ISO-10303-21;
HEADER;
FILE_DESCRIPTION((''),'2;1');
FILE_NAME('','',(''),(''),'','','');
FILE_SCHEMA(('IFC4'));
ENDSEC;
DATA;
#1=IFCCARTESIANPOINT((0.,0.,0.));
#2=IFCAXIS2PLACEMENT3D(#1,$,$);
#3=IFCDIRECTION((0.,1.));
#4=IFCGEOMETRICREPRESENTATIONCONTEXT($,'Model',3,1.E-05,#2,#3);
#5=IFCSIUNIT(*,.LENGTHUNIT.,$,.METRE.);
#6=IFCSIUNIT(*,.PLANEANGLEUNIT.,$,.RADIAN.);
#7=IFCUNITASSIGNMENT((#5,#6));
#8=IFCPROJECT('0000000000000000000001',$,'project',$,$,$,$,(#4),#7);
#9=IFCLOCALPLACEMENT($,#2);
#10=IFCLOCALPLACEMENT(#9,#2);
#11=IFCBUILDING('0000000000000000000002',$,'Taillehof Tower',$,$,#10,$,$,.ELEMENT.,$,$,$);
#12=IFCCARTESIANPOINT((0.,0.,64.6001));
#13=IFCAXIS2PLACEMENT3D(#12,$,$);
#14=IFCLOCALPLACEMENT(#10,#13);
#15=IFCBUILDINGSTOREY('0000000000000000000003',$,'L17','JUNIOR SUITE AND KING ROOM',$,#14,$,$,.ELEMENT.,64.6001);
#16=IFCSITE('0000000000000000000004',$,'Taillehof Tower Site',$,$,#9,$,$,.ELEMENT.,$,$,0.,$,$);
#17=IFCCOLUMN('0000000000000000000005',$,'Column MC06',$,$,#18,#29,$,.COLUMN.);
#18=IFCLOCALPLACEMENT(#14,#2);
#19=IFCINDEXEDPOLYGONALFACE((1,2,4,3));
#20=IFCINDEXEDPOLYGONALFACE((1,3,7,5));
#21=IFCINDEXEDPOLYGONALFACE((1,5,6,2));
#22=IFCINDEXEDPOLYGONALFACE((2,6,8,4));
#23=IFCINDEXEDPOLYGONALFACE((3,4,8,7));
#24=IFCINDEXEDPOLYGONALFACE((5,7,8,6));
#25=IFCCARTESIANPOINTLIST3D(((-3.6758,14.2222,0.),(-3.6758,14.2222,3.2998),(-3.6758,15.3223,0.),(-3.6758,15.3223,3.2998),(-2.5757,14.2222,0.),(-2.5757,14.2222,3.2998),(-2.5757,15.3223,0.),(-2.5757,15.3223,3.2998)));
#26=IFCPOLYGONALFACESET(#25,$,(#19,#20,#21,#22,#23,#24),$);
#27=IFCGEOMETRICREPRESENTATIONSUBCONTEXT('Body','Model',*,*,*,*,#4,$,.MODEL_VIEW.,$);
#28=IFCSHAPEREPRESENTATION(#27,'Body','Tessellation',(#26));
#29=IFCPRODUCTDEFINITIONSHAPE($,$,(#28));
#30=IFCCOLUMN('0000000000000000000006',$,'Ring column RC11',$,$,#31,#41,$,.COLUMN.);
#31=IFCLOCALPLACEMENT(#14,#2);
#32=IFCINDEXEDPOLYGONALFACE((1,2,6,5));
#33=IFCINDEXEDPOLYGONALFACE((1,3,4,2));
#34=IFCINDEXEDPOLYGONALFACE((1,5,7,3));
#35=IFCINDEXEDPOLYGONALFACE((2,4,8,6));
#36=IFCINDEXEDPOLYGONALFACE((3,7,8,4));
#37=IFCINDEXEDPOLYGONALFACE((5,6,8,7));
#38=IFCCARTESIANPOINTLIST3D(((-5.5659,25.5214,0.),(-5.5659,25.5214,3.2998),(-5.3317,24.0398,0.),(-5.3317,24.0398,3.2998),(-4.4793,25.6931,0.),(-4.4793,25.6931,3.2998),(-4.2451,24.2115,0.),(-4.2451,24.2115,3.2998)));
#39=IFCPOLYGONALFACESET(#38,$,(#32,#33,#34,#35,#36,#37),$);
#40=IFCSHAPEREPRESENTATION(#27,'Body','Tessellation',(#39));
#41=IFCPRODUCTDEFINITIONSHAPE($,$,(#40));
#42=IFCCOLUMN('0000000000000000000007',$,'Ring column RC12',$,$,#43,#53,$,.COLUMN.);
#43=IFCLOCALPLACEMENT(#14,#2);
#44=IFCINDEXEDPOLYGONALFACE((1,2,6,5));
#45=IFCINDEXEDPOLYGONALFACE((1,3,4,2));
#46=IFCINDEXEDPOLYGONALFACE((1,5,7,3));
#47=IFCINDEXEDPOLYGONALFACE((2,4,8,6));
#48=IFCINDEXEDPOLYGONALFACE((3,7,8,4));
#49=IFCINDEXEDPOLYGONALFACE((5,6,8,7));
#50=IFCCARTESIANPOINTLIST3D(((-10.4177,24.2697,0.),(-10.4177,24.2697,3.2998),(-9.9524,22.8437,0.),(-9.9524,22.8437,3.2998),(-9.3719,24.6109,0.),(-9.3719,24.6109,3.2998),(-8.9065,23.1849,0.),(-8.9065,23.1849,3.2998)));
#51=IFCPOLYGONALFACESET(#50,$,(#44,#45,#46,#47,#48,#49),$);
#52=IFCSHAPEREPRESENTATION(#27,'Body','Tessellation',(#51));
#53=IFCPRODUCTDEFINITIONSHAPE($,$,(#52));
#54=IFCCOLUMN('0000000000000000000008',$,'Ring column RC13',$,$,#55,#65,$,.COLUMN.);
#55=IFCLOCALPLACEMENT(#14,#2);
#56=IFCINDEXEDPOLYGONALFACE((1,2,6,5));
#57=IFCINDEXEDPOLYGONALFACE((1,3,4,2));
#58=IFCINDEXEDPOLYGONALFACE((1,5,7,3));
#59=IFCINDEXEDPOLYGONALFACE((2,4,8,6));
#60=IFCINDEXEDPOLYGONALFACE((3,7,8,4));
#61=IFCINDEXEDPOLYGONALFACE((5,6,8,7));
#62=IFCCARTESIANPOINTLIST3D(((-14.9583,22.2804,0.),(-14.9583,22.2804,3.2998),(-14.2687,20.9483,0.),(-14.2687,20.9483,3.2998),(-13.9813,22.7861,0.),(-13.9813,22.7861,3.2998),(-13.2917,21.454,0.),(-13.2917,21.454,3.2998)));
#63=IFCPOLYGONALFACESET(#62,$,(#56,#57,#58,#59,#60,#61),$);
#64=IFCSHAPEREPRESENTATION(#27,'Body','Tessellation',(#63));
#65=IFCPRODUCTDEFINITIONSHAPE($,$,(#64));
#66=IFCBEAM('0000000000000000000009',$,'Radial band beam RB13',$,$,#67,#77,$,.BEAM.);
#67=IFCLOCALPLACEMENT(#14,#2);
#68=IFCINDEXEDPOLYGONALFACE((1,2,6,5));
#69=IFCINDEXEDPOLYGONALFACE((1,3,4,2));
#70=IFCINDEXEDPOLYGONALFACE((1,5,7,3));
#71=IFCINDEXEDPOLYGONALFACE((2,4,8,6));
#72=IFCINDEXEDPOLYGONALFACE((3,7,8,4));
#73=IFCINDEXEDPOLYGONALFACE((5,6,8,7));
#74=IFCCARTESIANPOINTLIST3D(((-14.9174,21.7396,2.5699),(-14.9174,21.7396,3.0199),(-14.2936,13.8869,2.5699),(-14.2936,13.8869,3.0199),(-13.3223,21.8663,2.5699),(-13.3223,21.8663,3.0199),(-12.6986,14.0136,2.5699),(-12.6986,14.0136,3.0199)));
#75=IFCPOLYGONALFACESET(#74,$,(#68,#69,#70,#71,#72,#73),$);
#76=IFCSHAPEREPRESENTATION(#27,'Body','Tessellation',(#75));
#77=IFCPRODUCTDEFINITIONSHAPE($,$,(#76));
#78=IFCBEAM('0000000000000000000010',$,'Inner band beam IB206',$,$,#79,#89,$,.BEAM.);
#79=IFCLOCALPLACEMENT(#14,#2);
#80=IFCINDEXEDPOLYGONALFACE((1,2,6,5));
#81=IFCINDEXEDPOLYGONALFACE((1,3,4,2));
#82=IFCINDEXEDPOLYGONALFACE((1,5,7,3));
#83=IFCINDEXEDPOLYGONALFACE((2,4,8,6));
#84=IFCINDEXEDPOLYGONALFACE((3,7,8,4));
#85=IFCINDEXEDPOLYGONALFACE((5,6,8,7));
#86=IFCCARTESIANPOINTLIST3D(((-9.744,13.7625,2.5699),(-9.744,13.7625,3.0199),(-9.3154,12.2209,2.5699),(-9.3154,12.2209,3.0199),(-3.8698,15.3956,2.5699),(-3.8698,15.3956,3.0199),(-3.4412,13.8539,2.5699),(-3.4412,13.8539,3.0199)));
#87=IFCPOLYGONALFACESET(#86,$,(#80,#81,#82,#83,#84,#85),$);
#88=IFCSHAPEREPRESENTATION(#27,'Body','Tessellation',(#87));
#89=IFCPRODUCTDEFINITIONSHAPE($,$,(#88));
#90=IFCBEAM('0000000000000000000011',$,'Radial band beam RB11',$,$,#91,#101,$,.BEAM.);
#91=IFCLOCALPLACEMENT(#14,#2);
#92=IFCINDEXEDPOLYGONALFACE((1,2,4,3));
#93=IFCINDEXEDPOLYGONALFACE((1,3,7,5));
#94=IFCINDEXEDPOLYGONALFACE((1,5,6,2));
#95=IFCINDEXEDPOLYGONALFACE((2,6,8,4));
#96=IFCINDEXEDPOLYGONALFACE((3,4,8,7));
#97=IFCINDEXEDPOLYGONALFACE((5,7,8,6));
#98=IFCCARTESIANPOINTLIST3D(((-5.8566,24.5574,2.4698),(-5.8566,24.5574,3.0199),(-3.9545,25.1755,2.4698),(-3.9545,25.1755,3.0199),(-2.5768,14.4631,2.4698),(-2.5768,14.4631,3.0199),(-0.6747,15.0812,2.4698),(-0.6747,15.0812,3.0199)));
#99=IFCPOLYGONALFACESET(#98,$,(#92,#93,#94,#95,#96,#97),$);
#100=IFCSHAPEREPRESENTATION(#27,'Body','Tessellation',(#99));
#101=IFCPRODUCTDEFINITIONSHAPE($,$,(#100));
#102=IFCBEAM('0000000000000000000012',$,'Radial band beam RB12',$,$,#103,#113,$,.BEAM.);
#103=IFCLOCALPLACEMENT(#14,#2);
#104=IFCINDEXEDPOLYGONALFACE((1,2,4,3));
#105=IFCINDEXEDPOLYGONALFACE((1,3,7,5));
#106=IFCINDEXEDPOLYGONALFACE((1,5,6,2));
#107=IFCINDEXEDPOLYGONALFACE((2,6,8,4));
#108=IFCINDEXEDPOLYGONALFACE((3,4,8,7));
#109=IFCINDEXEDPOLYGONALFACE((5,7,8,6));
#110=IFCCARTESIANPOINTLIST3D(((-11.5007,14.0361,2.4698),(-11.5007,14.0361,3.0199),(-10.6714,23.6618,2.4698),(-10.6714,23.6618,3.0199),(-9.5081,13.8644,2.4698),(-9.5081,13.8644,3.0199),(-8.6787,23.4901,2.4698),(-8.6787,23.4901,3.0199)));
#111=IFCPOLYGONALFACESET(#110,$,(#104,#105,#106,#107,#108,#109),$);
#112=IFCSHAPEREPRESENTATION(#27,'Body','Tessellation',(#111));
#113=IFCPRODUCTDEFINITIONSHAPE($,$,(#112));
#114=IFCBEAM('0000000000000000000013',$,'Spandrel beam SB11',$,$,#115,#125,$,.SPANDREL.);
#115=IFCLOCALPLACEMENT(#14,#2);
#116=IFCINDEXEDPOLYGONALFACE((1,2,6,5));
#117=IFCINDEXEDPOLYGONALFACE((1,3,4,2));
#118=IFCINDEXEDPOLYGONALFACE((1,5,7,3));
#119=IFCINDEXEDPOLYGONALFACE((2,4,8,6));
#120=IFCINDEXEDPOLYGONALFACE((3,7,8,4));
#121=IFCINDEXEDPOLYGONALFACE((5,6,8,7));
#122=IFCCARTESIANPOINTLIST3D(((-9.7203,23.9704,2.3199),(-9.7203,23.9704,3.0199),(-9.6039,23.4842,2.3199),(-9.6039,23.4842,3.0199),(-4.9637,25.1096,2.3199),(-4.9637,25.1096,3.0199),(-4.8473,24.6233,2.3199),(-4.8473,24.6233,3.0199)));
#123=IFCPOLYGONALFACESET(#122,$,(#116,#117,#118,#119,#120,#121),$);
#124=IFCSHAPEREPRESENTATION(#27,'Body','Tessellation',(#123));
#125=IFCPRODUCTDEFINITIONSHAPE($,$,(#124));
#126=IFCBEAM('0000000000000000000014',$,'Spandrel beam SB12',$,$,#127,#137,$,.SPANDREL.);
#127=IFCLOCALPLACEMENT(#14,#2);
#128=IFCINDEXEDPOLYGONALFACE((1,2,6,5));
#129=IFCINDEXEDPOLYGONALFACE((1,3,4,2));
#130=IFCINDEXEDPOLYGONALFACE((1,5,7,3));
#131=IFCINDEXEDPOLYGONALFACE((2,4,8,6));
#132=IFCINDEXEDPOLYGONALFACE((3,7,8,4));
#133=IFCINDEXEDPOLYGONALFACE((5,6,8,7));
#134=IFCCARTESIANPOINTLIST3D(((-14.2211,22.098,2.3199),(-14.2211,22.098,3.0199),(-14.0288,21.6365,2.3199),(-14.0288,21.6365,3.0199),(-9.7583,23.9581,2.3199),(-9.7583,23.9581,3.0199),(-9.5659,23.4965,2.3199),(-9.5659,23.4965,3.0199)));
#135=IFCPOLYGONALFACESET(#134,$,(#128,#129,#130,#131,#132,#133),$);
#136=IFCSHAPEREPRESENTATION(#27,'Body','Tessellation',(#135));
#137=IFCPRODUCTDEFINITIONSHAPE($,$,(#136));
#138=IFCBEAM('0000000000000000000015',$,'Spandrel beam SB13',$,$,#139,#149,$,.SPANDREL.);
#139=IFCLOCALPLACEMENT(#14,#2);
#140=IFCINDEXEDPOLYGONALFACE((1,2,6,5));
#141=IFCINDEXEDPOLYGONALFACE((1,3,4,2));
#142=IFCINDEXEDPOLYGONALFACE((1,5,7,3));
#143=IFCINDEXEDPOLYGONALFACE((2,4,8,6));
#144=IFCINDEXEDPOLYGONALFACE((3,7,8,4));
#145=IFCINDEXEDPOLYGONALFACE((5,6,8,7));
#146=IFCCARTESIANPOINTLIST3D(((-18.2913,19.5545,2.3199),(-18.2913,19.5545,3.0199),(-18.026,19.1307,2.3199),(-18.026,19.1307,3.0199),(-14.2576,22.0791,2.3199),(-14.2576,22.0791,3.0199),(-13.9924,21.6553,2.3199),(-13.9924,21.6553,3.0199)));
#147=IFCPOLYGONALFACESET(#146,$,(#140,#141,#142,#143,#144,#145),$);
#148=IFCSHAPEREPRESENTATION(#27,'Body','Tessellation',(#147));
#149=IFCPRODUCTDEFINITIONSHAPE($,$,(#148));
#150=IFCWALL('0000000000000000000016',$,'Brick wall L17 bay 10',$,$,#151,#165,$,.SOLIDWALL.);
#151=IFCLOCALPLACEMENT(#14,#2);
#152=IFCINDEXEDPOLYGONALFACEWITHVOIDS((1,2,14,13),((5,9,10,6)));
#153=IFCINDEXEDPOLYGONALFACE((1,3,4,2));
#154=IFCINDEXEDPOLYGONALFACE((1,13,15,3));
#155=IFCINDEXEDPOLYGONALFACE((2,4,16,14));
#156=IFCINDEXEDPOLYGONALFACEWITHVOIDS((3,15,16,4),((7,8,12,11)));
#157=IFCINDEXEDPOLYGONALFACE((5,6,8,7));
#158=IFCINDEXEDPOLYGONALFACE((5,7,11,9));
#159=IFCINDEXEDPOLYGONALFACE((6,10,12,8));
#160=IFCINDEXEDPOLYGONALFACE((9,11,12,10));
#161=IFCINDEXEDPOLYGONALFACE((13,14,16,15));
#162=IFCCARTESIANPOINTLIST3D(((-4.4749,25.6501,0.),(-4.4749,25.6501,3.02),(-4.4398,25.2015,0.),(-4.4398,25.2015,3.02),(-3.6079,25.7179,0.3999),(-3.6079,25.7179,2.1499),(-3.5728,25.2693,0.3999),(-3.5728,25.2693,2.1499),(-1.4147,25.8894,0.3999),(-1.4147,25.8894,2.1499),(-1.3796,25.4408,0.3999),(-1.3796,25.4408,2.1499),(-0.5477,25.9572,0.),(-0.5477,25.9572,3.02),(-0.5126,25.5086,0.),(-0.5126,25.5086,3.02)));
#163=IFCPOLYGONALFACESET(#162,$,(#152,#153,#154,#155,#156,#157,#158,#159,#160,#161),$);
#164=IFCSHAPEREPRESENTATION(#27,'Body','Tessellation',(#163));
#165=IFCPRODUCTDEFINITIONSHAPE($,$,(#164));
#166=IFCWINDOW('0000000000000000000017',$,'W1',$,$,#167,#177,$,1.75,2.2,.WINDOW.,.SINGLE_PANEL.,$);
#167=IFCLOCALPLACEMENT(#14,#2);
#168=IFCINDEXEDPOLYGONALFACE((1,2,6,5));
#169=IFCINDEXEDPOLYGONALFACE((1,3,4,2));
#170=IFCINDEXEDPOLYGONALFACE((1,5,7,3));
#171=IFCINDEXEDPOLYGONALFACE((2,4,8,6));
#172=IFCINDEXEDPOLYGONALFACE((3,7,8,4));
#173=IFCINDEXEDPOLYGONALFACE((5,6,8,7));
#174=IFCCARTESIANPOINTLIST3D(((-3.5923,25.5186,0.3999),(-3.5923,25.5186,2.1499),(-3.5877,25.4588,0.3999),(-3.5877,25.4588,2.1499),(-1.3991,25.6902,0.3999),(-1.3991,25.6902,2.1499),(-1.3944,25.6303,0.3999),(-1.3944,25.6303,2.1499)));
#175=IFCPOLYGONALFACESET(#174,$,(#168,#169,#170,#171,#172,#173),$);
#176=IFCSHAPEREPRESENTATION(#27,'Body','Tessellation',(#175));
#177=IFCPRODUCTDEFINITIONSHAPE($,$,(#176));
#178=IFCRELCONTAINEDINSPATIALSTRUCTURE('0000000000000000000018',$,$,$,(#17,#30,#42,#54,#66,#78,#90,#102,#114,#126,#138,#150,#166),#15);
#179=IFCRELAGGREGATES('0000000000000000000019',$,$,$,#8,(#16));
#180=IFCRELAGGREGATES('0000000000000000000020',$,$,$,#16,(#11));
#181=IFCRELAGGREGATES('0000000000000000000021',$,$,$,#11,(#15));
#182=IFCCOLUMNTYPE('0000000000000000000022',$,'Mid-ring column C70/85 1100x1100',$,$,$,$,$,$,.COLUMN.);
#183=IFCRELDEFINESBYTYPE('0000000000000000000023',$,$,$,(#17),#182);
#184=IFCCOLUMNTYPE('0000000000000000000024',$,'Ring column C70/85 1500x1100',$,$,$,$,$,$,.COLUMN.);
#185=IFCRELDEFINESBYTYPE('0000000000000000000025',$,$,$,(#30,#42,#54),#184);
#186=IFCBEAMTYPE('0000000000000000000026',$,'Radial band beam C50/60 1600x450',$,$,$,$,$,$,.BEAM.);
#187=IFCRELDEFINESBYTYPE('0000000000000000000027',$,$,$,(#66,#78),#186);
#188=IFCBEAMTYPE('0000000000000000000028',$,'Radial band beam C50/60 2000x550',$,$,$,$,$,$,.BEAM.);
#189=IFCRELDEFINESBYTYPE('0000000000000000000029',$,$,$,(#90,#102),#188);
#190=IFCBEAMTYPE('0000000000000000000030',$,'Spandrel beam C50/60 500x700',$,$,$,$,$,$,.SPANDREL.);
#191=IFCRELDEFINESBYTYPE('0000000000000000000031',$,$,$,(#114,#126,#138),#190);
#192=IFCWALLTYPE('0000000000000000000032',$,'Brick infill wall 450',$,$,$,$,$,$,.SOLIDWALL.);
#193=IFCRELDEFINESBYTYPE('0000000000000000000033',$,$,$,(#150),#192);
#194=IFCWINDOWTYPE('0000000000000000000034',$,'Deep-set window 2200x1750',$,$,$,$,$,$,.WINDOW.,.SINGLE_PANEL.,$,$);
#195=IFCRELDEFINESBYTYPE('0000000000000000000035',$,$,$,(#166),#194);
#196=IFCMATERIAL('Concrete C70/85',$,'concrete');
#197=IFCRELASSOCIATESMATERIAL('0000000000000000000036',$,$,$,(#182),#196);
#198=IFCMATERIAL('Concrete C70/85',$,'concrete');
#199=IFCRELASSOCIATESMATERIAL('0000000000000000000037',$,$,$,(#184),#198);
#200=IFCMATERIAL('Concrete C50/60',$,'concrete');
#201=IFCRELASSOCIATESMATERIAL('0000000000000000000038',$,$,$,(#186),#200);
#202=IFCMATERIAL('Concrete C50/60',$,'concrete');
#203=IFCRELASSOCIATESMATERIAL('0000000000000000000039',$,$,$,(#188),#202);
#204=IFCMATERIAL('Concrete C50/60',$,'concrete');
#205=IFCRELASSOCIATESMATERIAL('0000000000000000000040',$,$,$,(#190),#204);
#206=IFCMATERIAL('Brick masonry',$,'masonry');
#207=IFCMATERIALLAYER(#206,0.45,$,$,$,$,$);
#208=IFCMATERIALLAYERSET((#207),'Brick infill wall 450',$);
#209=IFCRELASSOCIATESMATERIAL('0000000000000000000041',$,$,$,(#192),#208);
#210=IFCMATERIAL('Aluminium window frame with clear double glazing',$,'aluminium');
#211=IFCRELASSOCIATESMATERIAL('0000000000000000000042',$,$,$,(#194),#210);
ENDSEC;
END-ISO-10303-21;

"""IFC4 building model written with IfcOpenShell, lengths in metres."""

from ifc_helpers import new_model, si_unit, direction, frame, frame_2d, origin, origin_2d, place, context, subcontext, project, spatial, rectangle, extrude, material, layer, layer_set, material_profile, profile_set, type_object, element, fill, save


model = new_model("IFC4")

# Units and contexts
model_context = context("Model", 3, precision=1e-05, world=origin(), true_north=direction((0.0, 1.0)))
body_context = subcontext(model_context, "Body", "Model", "MODEL_VIEW")
ifc_project = project(units=[si_unit("LENGTHUNIT", "METRE"), si_unit("PLANEANGLEUNIT", "RADIAN")], contexts=[model_context])

# Site, building, storey
site_placement = place(None, origin())
site = spatial("IfcSite", under=ifc_project, at=site_placement, Name="Taillehof Tower Site", CompositionType="ELEMENT", RefElevation=0.0)
building_placement = place(site_placement, origin())
building = spatial("IfcBuilding", under=site, at=building_placement, Name="Taillehof Tower", CompositionType="ELEMENT")
storey_placement = place(building_placement, frame((0.0, 0.0, 64.6001)))
storey = spatial("IfcBuildingStorey", under=building, at=storey_placement, Name="L17", Description="JUNIOR SUITE AND KING ROOM", CompositionType="ELEMENT", Elevation=64.6001)

# Columns
ifc_material_1 = material(Name="Concrete C70/85", Category="concrete")
ifc_material_profile_1 = material_profile(ifc_material_1, rectangle(XDim=1.1001, YDim=1.1001, at=origin_2d()), Name="RC 1100x1100")
ifc_profile_set_1 = profile_set([ifc_material_profile_1], Name="Concrete C70/85")
column_type_1 = type_object("IfcColumnType", Name="Mid-ring column C70/85 1100x1100", PredefinedType="COLUMN", material=ifc_profile_set_1)
column_placement = place(storey_placement, frame((-3.1257, 14.7722, 0.0), z_axis=(0.0, 0.0, 1.0), x_axis=(1.0, 0.0, 0.0)))
element("IfcColumn", 1, at=column_placement, inside=storey, type_object=column_type_1, Name="Column MC06", PredefinedType="COLUMN", context=body_context, shape_type="SweptSolid", body=[
    extrude(rectangle(XDim=1.1001, YDim=1.1001, at=origin_2d()), origin(), (0.0, 0.0, 1.0), 3.2998),
])
ifc_material_2 = material(Name="Concrete C70/85", Category="concrete")
ifc_material_profile_2 = material_profile(ifc_material_2, rectangle(XDim=1.5, YDim=1.1001, at=origin_2d()), Name="RC 1500x1100")
ifc_profile_set_2 = profile_set([ifc_material_profile_2], Name="Concrete C70/85")
column_type_2 = type_object("IfcColumnType", Name="Ring column C70/85 1500x1100", PredefinedType="COLUMN", material=ifc_profile_set_2)
for number, where, z_axis, x_axis, name in (
    (2, (-4.9055, 24.8665, 0.0), (0.0, 0.0, 1.0), (-0.156147, 0.987734, 0.0), "Ring column RC11"),
    (3, (-9.6621, 23.7273, 0.0), (0.0, 0.0, 1.0), (-0.310219, 0.950665, 0.0), "Ring column RC12"),
    (4, (-14.125, 21.8672, 0.0), (0.0, 0.0, 1.0), (-0.459691, 0.888079, 0.0), "Ring column RC13"),
):
    element("IfcColumn", number, at=place(storey_placement, frame(where, z_axis=z_axis, x_axis=x_axis)), inside=storey, type_object=column_type_2, Name=name, PredefinedType="COLUMN", context=body_context, shape_type="SweptSolid", body=[
        extrude(rectangle(XDim=1.5, YDim=1.1001, at=origin_2d()), origin(), (0.0, 0.0, 1.0), 3.2998),
    ])

# Beams
ifc_material_3 = material(Name="Concrete C50/60", Category="concrete")
ifc_material_profile_3 = material_profile(ifc_material_3, rectangle(XDim=1.6001, YDim=0.45, at=origin_2d()), Name="RC 1600x450")
ifc_profile_set_3 = profile_set([ifc_material_profile_3], Name="Concrete C50/60")
beam_type_1 = type_object("IfcBeamType", Name="Radial band beam C50/60 1600x450", PredefinedType="BEAM", material=ifc_profile_set_3)
beam_1_placement = place(storey_placement, frame((-14.1199, 21.803, 2.7949), z_axis=(0.079185, -0.99686, 0.0), x_axis=(0.99686, 0.079185, 0.0)))
element("IfcBeam", 5, at=beam_1_placement, inside=storey, type_object=beam_type_1, Name="Radial band beam RB13", PredefinedType="BEAM", context=body_context, shape_type="SweptSolid", body=[
    extrude(rectangle(XDim=1.6001, YDim=0.45, at=origin_2d()), origin(), (0.0, 0.0, 1.0), 7.8774),
])
beam_2_placement = place(storey_placement, frame((-3.6555, 14.6248, 2.7949), z_axis=(-0.963459, -0.267855, 0.0), x_axis=(0.267855, -0.963459, 0.0)))
element("IfcBeam", 6, at=beam_2_placement, inside=storey, type_object=beam_type_1, Name="Inner band beam IB206", PredefinedType="BEAM", context=body_context, shape_type="SweptSolid", body=[
    extrude(rectangle(XDim=1.6001, YDim=0.45, at=origin_2d()), origin(), (0.0, 0.0, 1.0), 6.0969),
])
ifc_material_4 = material(Name="Concrete C50/60", Category="concrete")
ifc_material_profile_4 = material_profile(ifc_material_4, rectangle(XDim=2.0, YDim=0.55, at=origin_2d()), Name="RC 2000x550")
ifc_profile_set_4 = profile_set([ifc_material_profile_4], Name="Concrete C50/60")
beam_type_2 = type_object("IfcBeamType", Name="Radial band beam C50/60 2000x550", PredefinedType="BEAM", material=ifc_profile_set_4)
beam_3_placement = place(storey_placement, frame((-4.9055, 24.8665, 2.7449), z_axis=(0.309014, -0.951057, 0.0), x_axis=(0.951057, 0.309014, 0.0)))
element("IfcBeam", 7, at=beam_3_placement, inside=storey, type_object=beam_type_2, Name="Radial band beam RB11", PredefinedType="BEAM", context=body_context, shape_type="SweptSolid", body=[
    extrude(rectangle(XDim=2.0, YDim=0.55, at=origin_2d()), origin(), (0.0, 0.0, 1.0), 10.6138),
])
beam_4_placement = place(storey_placement, frame((-9.675, 23.5759, 2.7449), z_axis=(-0.085841, -0.996309, 0.0), x_axis=(0.996309, -0.085841, 0.0)))
element("IfcBeam", 8, at=beam_4_placement, inside=storey, type_object=beam_type_2, Name="Radial band beam RB12", PredefinedType="BEAM", context=body_context, shape_type="SweptSolid", body=[
    extrude(rectangle(XDim=2.0, YDim=0.55, at=origin_2d()), origin(), (0.0, 0.0, 1.0), 9.6614),
])
ifc_material_5 = material(Name="Concrete C50/60", Category="concrete")
ifc_material_profile_5 = material_profile(ifc_material_5, rectangle(XDim=0.5, YDim=0.7, at=origin_2d()), Name="RC 500x700")
ifc_profile_set_5 = profile_set([ifc_material_profile_5], Name="Concrete C50/60")
beam_type_3 = type_object("IfcBeamType", Name="Spandrel beam C50/60 500x700", PredefinedType="SPANDREL", material=ifc_profile_set_5)
beam_5_placement = place(storey_placement, frame((-4.9055, 24.8665, 2.6699), z_axis=(-0.9725, -0.232905, 0.0), x_axis=(0.232905, -0.9725, 0.0)))
element("IfcBeam", 9, at=beam_5_placement, inside=storey, type_object=beam_type_3, Name="Spandrel beam SB11", PredefinedType="SPANDREL", context=body_context, shape_type="SweptSolid", body=[
    extrude(rectangle(XDim=0.5, YDim=0.7, at=origin_2d()), origin(), (0.0, 0.0, 1.0), 4.8911),
])
beam_6_placement = place(storey_placement, frame((-9.6621, 23.7273, 2.6699), z_axis=(-0.923035, -0.384716, 0.0), x_axis=(0.384716, -0.923035, 0.0)))
element("IfcBeam", 10, at=beam_6_placement, inside=storey, type_object=beam_type_3, Name="Spandrel beam SB12", PredefinedType="SPANDREL", context=body_context, shape_type="SweptSolid", body=[
    extrude(rectangle(XDim=0.5, YDim=0.7, at=origin_2d()), origin(), (0.0, 0.0, 1.0), 4.835),
])
beam_7_placement = place(storey_placement, frame((-14.125, 21.8672, 2.6699), z_axis=(-0.847658, -0.530543, 0.0), x_axis=(0.530543, -0.847658, 0.0)))
element("IfcBeam", 11, at=beam_7_placement, inside=storey, type_object=beam_type_3, Name="Spandrel beam SB13", PredefinedType="SPANDREL", context=body_context, shape_type="SweptSolid", body=[
    extrude(rectangle(XDim=0.5, YDim=0.7, at=origin_2d()), origin(), (0.0, 0.0, 1.0), 4.7585),
])

# Wall, opening, window
ifc_material_6 = material(Name="Brick masonry", Category="masonry")
ifc_layer_1 = layer(ifc_material_6, 0.45)
ifc_layer_set_1 = layer_set([ifc_layer_1], Name="Brick infill wall 450")
wall_type_1 = type_object("IfcWallType", Name="Brick infill wall 450", PredefinedType="SOLIDWALL", material=ifc_layer_set_1)
wall_1_placement = place(storey_placement, frame((-0.53, 25.7329, 0.0), z_axis=(0.0, 0.0, 1.0), x_axis=(-0.996956, -0.077967, 0.0)))
wall_1 = element("IfcWall", 12, at=wall_1_placement, inside=storey, type_object=wall_type_1, Name="Brick wall L17 bay 10", PredefinedType="SOLIDWALL", context=body_context, shape_type="SweptSolid", body=[
    extrude(rectangle(XDim=3.9392, YDim=0.45, at=frame_2d((1.9697, 0.0))), origin(), (0.0, 0.0, 1.0), 3.02),
])
opening_1_placement = place(wall_1_placement, frame((0.8696, 0.0, 0.3999)))
opening_1 = element("IfcOpeningElement", 13, at=opening_1_placement, cuts=wall_1, PredefinedType="OPENING", context=body_context, shape_type="SweptSolid", body=[
    extrude(rectangle(XDim=2.2, YDim=1.75, at=frame_2d((1.1001, 0.875))), frame((0.0, 0.2349, 0.0), z_axis=(0.0, -1.0, 0.0), x_axis=(1.0, 0.0, 0.0)), (0.0, 0.0, 1.0), 0.47),
])
ifc_material_7 = material(Name="Aluminium window frame with clear double glazing", Category="aluminium")
window_type = type_object("IfcWindowType", Name="Deep-set window 2200x1750", PartitioningType="SINGLE_PANEL", PredefinedType="WINDOW", material=ifc_material_7)
window_1_placement = place(opening_1_placement, origin())
window_1 = element("IfcWindow", 14, at=window_1_placement, inside=storey, type_object=window_type, Name="W1", OverallHeight=1.75, OverallWidth=2.2, PartitioningType="SINGLE_PANEL", PredefinedType="WINDOW", context=body_context, shape_type="SweptSolid", body=[
    extrude(rectangle(XDim=2.2, YDim=1.75, at=frame_2d((1.1001, 0.875))), frame((0.0, 0.0349, 0.0), z_axis=(0.0, -1.0, 0.0), x_axis=(1.0, 0.0, 0.0)), (0.0, 0.0, 1.0), 0.0601),
])
fill(opening_1, window_1)

save(model, "model.ifc")
